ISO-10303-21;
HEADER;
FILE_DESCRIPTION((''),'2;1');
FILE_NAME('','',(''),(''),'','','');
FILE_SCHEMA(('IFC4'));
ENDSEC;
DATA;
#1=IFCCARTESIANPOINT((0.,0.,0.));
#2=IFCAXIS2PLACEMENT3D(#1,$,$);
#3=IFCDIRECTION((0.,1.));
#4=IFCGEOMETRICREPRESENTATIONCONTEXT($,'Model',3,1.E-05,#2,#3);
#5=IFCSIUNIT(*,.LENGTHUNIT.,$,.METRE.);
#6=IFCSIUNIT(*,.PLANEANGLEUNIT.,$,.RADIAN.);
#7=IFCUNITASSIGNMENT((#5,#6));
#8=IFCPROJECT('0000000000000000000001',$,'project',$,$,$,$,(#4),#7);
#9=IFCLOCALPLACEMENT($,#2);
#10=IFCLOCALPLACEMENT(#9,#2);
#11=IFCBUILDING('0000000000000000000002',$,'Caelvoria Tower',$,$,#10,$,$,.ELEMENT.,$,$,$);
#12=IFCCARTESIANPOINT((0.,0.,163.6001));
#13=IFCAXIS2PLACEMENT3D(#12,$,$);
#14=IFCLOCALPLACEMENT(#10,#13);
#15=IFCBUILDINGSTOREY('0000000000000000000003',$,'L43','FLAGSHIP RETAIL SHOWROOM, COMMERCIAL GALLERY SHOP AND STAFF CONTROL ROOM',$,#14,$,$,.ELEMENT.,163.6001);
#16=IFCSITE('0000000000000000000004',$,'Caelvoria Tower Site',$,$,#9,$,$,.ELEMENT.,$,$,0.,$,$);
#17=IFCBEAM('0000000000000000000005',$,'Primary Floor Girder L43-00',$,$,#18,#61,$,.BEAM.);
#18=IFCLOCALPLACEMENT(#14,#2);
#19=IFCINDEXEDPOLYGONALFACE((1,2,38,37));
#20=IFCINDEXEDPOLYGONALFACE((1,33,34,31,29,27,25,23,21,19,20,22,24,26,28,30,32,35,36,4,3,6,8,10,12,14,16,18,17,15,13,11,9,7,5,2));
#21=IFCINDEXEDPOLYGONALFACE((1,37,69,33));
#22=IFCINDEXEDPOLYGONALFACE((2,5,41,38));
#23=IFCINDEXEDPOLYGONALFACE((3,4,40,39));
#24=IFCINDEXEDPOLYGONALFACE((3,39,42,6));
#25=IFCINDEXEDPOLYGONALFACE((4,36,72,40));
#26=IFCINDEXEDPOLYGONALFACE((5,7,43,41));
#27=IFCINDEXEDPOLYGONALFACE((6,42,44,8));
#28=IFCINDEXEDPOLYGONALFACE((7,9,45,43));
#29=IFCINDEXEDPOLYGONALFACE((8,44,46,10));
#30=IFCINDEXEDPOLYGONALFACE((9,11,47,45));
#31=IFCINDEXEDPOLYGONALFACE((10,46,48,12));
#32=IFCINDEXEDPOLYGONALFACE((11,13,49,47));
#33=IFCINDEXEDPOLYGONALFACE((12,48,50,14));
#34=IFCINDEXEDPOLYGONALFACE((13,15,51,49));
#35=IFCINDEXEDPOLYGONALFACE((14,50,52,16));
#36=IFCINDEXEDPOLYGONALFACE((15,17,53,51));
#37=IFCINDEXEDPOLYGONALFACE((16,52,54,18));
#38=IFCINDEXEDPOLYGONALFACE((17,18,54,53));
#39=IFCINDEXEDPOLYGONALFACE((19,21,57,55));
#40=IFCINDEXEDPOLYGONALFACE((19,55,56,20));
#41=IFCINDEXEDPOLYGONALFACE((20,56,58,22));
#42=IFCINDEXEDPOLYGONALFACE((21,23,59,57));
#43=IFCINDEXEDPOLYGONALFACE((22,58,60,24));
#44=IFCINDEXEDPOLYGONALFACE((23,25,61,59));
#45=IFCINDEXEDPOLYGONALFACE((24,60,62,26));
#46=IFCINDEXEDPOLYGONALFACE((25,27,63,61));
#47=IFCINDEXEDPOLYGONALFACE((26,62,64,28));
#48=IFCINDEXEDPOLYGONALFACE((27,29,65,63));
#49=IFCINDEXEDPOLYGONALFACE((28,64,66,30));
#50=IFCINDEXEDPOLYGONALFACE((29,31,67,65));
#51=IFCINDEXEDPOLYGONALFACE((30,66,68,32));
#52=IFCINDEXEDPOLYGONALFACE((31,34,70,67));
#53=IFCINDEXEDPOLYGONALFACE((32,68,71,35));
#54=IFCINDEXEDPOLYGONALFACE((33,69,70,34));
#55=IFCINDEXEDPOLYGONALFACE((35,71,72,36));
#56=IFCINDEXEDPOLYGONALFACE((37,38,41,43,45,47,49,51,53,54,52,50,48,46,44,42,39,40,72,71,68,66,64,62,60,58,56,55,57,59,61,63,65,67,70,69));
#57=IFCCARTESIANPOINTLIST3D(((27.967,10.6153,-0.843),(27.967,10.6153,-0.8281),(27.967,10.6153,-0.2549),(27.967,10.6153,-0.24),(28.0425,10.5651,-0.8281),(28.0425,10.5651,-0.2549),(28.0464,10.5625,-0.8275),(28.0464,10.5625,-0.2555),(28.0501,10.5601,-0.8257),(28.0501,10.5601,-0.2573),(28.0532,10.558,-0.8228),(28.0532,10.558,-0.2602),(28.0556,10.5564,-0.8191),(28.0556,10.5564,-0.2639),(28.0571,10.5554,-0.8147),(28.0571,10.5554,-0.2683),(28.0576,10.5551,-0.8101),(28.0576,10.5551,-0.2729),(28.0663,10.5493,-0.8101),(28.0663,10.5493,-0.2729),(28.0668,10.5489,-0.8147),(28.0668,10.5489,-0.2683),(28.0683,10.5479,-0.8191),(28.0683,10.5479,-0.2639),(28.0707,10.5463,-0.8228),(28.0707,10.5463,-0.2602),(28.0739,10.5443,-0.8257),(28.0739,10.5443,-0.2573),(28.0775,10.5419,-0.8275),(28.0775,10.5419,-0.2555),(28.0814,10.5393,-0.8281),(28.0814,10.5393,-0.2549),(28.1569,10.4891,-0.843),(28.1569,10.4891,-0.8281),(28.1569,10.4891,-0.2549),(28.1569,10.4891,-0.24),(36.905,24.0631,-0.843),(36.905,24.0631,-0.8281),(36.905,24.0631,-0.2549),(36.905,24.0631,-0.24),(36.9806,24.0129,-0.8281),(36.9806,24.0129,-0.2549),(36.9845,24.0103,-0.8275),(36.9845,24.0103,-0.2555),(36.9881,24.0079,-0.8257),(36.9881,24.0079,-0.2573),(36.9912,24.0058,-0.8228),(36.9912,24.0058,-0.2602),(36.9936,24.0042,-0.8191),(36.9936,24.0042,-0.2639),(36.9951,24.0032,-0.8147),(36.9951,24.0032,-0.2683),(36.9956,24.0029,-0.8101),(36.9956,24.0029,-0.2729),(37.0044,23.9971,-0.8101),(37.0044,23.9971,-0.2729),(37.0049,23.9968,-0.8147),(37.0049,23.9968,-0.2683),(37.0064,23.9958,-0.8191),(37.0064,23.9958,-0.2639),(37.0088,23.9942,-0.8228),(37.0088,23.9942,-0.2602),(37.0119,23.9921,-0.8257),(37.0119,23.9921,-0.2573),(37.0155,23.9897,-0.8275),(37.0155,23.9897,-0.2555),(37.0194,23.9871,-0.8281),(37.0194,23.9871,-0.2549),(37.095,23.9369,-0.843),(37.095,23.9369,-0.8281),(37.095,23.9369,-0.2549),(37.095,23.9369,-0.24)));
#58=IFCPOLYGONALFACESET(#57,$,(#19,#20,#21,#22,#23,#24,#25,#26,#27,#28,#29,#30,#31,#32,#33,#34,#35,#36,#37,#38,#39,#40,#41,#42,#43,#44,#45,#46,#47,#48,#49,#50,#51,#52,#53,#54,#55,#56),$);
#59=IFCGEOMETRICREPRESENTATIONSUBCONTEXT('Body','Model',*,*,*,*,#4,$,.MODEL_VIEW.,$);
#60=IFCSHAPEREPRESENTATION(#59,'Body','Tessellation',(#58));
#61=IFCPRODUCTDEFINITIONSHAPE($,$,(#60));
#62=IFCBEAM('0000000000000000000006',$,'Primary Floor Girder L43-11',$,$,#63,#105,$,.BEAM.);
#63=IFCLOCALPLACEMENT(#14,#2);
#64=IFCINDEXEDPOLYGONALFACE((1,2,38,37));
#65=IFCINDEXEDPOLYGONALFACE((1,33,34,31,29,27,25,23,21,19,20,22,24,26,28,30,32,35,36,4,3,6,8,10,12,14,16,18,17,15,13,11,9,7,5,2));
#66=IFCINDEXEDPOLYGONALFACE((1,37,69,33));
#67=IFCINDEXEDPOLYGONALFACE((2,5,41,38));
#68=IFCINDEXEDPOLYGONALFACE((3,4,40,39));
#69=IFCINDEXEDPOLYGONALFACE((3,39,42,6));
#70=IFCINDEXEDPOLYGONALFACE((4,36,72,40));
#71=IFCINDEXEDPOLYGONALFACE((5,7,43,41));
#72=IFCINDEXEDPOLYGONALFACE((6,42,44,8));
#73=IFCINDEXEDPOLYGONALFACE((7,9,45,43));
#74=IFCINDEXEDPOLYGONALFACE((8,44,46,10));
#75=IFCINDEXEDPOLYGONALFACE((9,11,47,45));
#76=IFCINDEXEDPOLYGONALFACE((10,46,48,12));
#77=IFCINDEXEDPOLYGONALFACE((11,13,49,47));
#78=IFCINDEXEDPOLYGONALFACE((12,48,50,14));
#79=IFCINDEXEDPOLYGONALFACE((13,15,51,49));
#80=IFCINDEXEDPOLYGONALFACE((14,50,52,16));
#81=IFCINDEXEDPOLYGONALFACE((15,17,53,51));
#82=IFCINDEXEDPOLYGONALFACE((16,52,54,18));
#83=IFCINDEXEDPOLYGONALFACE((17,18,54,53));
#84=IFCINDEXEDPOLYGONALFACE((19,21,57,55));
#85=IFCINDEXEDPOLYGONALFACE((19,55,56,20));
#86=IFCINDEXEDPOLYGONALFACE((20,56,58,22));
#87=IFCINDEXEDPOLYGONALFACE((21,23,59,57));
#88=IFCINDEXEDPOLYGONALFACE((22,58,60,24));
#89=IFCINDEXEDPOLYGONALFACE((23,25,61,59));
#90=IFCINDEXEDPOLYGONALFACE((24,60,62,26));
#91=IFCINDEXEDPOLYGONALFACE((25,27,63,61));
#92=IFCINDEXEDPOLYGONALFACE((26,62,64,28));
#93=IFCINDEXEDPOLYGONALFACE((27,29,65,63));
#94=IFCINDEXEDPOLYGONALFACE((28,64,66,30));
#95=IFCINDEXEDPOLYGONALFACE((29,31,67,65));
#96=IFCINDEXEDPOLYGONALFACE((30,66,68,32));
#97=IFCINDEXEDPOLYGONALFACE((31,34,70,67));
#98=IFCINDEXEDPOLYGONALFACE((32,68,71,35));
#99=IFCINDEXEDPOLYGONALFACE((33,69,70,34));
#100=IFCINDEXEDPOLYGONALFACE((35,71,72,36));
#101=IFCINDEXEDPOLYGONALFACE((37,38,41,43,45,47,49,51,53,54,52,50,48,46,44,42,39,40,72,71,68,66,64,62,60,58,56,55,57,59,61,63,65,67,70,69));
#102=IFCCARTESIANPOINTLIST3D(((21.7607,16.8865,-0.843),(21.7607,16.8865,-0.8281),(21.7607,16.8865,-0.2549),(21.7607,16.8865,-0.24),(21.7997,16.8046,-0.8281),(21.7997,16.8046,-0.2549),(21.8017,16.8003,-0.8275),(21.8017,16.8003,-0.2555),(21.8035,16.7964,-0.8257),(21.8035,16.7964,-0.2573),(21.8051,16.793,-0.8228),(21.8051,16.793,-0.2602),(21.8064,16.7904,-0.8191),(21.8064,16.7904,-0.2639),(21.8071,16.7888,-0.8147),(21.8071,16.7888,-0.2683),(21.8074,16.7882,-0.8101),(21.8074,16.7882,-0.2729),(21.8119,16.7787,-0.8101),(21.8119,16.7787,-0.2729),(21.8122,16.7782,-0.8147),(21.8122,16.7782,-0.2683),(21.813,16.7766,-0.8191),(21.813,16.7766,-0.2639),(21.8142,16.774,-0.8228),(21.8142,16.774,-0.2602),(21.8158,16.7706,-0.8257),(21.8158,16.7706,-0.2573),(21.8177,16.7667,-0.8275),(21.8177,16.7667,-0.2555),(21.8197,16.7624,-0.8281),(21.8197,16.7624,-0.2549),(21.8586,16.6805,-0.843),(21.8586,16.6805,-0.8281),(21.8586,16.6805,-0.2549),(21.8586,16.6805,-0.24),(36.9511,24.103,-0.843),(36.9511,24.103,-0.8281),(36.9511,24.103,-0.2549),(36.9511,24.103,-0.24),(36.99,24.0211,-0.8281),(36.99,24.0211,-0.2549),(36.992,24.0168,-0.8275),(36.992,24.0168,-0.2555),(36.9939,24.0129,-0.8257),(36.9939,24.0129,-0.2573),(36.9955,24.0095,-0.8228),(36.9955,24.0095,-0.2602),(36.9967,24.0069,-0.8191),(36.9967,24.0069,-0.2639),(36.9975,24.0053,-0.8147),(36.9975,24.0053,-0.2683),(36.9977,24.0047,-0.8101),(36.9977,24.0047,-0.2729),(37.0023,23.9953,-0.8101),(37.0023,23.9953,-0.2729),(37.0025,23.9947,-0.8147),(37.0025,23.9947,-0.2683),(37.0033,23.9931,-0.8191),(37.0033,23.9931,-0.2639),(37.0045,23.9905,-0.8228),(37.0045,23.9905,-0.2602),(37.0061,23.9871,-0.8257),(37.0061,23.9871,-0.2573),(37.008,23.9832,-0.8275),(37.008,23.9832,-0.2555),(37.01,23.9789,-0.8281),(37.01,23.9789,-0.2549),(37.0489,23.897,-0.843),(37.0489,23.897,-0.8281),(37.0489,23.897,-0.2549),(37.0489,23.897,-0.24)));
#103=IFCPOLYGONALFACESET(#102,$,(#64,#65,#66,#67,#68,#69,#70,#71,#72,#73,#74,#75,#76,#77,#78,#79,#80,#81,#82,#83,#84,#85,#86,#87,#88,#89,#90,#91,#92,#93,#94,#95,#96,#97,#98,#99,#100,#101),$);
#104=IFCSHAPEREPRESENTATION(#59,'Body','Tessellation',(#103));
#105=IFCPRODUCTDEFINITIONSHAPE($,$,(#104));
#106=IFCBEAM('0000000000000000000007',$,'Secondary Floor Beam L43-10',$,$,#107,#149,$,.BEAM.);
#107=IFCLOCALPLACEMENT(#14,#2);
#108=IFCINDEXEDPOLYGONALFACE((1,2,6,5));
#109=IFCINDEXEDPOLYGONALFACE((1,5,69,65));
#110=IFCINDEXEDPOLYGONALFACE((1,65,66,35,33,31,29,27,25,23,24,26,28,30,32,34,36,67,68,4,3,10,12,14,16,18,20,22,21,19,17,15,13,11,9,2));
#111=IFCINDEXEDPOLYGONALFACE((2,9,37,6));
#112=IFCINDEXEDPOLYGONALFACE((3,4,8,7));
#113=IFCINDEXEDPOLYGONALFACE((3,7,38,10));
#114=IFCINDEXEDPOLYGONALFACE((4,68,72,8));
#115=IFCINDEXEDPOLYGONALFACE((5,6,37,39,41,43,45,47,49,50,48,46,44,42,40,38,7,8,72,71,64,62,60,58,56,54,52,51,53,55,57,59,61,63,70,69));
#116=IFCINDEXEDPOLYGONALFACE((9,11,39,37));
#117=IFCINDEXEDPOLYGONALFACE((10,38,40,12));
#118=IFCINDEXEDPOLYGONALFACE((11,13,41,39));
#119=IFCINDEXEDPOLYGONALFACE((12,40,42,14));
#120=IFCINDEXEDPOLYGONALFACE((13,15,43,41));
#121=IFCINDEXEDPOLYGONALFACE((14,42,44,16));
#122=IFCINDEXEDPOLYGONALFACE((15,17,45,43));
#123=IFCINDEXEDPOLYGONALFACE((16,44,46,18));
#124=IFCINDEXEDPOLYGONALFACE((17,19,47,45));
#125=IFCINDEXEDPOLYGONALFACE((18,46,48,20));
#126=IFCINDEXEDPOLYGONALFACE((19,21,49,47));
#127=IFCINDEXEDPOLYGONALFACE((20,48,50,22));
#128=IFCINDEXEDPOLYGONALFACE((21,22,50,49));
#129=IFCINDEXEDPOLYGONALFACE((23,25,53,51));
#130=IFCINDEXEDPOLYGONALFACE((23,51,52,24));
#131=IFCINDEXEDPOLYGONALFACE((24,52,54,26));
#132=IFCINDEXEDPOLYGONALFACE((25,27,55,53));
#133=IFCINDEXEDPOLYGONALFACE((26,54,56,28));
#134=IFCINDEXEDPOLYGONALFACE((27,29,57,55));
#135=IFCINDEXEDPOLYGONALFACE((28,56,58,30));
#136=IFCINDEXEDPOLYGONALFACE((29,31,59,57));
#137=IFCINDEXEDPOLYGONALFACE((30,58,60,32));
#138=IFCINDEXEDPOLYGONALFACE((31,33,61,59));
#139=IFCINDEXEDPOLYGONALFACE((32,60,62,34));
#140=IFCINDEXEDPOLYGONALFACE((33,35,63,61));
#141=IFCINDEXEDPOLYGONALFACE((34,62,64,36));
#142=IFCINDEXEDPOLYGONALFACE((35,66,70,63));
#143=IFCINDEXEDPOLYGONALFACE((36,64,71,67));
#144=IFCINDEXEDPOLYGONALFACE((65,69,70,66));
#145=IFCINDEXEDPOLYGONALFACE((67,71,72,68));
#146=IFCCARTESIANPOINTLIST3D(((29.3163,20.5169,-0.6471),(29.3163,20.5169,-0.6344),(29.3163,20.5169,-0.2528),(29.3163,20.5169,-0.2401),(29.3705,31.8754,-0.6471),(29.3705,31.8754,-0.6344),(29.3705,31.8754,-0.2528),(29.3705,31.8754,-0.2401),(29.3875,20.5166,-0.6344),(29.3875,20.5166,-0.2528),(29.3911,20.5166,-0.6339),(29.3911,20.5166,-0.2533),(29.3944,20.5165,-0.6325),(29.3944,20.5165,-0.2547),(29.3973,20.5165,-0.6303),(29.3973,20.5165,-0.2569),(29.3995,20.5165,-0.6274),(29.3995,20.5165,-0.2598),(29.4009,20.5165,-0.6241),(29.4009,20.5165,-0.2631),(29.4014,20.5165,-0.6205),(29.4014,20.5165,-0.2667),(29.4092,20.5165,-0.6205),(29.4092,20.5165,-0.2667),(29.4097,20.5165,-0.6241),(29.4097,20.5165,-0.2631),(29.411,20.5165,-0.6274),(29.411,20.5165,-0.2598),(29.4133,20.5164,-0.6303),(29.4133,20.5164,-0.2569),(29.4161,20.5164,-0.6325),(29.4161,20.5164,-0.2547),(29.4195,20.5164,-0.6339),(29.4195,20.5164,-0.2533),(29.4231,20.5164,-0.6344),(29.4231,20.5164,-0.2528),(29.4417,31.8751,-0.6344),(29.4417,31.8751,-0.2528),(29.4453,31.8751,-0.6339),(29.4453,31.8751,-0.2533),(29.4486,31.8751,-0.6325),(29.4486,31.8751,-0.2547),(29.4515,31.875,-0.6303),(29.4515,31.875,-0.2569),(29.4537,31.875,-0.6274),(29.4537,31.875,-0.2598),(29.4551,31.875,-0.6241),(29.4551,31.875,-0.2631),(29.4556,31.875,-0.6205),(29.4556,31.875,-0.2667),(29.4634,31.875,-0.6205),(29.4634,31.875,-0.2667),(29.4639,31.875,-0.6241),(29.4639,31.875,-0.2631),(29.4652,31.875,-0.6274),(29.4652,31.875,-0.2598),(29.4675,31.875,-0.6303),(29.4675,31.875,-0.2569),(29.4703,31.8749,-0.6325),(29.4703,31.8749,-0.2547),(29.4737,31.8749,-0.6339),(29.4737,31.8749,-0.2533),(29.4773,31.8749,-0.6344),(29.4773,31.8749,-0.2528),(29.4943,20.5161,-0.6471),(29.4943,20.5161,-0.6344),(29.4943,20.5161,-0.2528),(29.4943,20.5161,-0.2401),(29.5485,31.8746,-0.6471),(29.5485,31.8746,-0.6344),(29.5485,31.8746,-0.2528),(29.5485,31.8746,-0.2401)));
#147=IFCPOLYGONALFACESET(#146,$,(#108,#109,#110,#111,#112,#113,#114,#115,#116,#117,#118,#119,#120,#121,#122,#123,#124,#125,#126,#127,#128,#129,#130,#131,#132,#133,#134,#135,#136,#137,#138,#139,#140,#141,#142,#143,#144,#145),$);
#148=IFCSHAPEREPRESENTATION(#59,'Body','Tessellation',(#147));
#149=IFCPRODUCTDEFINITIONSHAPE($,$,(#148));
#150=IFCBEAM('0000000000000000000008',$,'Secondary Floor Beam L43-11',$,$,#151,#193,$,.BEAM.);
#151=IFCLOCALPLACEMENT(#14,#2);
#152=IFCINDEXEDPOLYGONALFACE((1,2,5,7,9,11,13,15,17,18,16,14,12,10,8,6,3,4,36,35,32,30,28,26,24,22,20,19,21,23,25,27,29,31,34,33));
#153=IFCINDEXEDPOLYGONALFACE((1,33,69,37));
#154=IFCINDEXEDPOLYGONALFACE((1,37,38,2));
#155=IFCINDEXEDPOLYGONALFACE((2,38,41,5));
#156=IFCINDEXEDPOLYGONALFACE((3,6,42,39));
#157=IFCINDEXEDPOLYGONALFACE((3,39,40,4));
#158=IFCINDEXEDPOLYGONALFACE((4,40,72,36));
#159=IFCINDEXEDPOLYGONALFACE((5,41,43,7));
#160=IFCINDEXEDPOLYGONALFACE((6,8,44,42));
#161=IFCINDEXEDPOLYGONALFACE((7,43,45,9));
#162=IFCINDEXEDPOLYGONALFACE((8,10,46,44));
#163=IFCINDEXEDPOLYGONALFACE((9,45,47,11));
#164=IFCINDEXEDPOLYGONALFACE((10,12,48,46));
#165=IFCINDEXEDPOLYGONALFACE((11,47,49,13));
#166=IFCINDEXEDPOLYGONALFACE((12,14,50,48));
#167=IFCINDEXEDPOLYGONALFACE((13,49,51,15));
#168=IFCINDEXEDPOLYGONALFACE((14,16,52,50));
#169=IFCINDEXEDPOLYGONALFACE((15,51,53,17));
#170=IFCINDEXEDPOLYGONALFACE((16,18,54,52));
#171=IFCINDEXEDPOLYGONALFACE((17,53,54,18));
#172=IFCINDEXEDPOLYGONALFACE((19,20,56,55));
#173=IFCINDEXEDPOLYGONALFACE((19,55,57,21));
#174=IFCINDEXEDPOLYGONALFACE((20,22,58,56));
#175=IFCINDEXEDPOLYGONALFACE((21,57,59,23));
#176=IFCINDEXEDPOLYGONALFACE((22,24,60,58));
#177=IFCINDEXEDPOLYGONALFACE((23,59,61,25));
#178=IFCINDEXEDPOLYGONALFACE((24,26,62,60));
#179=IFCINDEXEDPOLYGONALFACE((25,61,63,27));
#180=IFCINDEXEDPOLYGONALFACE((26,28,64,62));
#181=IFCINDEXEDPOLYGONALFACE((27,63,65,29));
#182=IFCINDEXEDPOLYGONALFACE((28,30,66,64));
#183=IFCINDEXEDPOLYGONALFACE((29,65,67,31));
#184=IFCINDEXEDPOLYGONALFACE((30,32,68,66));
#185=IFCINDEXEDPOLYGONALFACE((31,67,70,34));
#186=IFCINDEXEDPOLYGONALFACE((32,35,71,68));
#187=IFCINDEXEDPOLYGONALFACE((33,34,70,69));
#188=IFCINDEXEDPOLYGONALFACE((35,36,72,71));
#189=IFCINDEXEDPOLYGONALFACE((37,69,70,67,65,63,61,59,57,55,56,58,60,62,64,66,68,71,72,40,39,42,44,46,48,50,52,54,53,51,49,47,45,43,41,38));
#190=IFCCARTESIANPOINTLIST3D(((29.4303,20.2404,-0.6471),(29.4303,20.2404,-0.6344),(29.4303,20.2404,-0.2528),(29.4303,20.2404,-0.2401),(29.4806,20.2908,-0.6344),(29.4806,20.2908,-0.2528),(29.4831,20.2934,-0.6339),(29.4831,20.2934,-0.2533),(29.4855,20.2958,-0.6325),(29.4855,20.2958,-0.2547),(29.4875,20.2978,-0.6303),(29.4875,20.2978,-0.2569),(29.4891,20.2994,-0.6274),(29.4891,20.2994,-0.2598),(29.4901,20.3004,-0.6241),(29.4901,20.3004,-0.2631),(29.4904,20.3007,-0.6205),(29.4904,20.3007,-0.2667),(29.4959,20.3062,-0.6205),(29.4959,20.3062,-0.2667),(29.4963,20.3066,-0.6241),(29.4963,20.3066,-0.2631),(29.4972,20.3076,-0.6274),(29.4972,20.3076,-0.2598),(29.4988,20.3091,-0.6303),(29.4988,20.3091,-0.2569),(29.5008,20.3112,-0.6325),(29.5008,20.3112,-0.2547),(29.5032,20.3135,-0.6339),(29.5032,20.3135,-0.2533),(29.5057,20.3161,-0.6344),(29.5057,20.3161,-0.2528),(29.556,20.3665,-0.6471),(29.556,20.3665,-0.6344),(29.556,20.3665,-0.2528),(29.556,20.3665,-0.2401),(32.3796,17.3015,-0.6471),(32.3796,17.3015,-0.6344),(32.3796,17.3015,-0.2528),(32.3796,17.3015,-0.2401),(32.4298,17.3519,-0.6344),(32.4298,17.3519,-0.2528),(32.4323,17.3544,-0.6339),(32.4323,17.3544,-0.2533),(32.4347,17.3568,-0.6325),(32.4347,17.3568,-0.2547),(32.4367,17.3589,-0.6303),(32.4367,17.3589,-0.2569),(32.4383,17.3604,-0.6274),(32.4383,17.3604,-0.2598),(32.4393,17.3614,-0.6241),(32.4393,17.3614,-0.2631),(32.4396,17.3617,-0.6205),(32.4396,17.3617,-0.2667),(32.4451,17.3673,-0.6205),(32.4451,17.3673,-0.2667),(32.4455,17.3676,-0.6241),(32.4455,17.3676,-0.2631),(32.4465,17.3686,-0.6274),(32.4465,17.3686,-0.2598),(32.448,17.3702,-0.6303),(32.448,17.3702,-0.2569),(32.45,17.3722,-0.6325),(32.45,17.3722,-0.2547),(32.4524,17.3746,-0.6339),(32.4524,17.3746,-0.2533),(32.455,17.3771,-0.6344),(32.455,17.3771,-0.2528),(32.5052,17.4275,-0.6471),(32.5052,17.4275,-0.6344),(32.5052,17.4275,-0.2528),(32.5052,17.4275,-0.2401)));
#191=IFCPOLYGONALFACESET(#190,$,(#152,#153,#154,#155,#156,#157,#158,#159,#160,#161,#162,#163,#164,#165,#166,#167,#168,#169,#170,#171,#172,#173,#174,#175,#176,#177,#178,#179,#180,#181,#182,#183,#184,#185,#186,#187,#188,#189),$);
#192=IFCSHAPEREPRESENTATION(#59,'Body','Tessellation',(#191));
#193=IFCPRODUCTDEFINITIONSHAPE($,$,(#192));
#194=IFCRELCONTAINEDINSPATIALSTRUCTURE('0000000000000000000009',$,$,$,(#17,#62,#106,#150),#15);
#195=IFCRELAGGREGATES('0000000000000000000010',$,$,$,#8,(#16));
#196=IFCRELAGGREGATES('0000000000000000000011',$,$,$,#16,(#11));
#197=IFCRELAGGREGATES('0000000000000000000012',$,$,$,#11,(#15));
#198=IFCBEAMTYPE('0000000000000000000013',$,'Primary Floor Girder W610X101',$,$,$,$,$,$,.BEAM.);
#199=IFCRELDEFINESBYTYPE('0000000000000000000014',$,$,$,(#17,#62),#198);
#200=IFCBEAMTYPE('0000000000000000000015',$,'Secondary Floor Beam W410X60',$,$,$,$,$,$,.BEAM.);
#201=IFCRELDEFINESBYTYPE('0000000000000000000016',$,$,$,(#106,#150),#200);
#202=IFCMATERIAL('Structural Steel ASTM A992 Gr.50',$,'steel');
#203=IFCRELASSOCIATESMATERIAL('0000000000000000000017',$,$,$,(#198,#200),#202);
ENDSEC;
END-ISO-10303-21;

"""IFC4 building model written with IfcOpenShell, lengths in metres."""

from ifc_helpers import new_model, si_unit, direction, frame, origin, origin_2d, place, context, subcontext, project, spatial, i_section, extrude, material, material_profile, profile_set, type_object, element, save


model = new_model("IFC4")

# Units and contexts
model_context = context("Model", 3, precision=1e-05, world=origin(), true_north=direction((0.0, 1.0)))
body_context = subcontext(model_context, "Body", "Model", "MODEL_VIEW")
ifc_project = project(units=[si_unit("LENGTHUNIT", "METRE"), si_unit("PLANEANGLEUNIT", "RADIAN")], contexts=[model_context])

# Site, building, storey
site_placement = place(None, origin())
site = spatial("IfcSite", under=ifc_project, at=site_placement, Name="Caelvoria Tower Site", CompositionType="ELEMENT", RefElevation=0.0)
building_placement = place(site_placement, origin())
building = spatial("IfcBuilding", under=site, at=building_placement, Name="Caelvoria Tower", CompositionType="ELEMENT")
storey_placement = place(building_placement, frame((0.0, 0.0, 163.6001)))
storey = spatial("IfcBuildingStorey", under=building, at=storey_placement, Name="L43", Description="FLAGSHIP RETAIL SHOWROOM, COMMERCIAL GALLERY SHOP AND STAFF CONTROL ROOM", CompositionType="ELEMENT", Elevation=163.6001)

# Beams
ifc_material_1 = material(Name="Structural Steel ASTM A992 Gr.50", Category="steel")
ifc_material_profile_1 = material_profile(ifc_material_1, i_section(OverallWidth=0.228, OverallDepth=0.603, WebThickness=0.0105, FlangeThickness=0.0149, FilletRadius=0.0181, at=origin_2d()), Name="Structural Steel ASTM A992 Gr.50")
ifc_profile_set_1 = profile_set([ifc_material_profile_1], Name="W610X101 - Structural Steel ASTM A992 Gr.50")
beam_type_1 = type_object("IfcBeamType", Name="Primary Floor Girder W610X101", PredefinedType="BEAM", material=ifc_profile_set_1)
beam_1_placement = place(storey_placement, frame((37.0, 24.0, -0.5415), z_axis=(-0.553534, -0.832826, 0.0), x_axis=(0.832826, -0.553534, 0.0)))
element("IfcBeam", 1, at=beam_1_placement, inside=storey, type_object=beam_type_1, Name="Primary Floor Girder L43-00", PredefinedType="BEAM", context=body_context, shape_type="SweptSolid", body=[
    extrude(i_section(OverallWidth=0.228, OverallDepth=0.603, WebThickness=0.0105, FlangeThickness=0.0149, FilletRadius=0.0181, at=origin_2d()), origin(), (0.0, 0.0, 1.0), 16.1472),
])
beam_2_placement = place(storey_placement, frame((37.0, 24.0, -0.5415), z_axis=(-0.903252, -0.42911, 0.0), x_axis=(0.42911, -0.903252, 0.0)))
element("IfcBeam", 2, at=beam_2_placement, inside=storey, type_object=beam_type_1, Name="Primary Floor Girder L43-11", PredefinedType="BEAM", context=body_context, shape_type="SweptSolid", body=[
    extrude(i_section(OverallWidth=0.228, OverallDepth=0.603, WebThickness=0.0105, FlangeThickness=0.0149, FilletRadius=0.0181, at=origin_2d()), origin(), (0.0, 0.0, 1.0), 16.8174),
])
ifc_material_profile_2 = material_profile(ifc_material_1, i_section(OverallWidth=0.178, OverallDepth=0.407, WebThickness=0.0078, FlangeThickness=0.0127, FilletRadius=0.0139, at=origin_2d()), Name="Structural Steel ASTM A992 Gr.50")
ifc_profile_set_2 = profile_set([ifc_material_profile_2], Name="W410X60 - Structural Steel ASTM A992 Gr.50")
beam_type_2 = type_object("IfcBeamType", Name="Secondary Floor Beam W410X60", PredefinedType="BEAM", material=ifc_profile_set_2)
beam_3_placement = place(storey_placement, frame((29.4595, 31.875, -0.4436), z_axis=(-0.004772, -0.999989, 0.0), x_axis=(0.999989, -0.004772, 0.0)))
element("IfcBeam", 3, at=beam_3_placement, inside=storey, type_object=beam_type_2, Name="Secondary Floor Beam L43-10", PredefinedType="BEAM", context=body_context, shape_type="SweptSolid", body=[
    extrude(i_section(OverallWidth=0.178, OverallDepth=0.407, WebThickness=0.0078, FlangeThickness=0.0127, FilletRadius=0.0139, at=origin_2d()), origin(), (0.0, 0.0, 1.0), 11.3586),
])
beam_4_placement = place(storey_placement, frame((29.4932, 20.3035, -0.4436), z_axis=(0.708337, -0.705874, 0.0), x_axis=(0.705874, 0.708337, 0.0)))
element("IfcBeam", 4, at=beam_4_placement, inside=storey, type_object=beam_type_2, Name="Secondary Floor Beam L43-11", PredefinedType="BEAM", context=body_context, shape_type="SweptSolid", body=[
    extrude(i_section(OverallWidth=0.178, OverallDepth=0.407, WebThickness=0.0078, FlangeThickness=0.0127, FilletRadius=0.0139, at=origin_2d()), origin(), (0.0, 0.0, 1.0), 4.1636),
])

save(model, "model.ifc")
